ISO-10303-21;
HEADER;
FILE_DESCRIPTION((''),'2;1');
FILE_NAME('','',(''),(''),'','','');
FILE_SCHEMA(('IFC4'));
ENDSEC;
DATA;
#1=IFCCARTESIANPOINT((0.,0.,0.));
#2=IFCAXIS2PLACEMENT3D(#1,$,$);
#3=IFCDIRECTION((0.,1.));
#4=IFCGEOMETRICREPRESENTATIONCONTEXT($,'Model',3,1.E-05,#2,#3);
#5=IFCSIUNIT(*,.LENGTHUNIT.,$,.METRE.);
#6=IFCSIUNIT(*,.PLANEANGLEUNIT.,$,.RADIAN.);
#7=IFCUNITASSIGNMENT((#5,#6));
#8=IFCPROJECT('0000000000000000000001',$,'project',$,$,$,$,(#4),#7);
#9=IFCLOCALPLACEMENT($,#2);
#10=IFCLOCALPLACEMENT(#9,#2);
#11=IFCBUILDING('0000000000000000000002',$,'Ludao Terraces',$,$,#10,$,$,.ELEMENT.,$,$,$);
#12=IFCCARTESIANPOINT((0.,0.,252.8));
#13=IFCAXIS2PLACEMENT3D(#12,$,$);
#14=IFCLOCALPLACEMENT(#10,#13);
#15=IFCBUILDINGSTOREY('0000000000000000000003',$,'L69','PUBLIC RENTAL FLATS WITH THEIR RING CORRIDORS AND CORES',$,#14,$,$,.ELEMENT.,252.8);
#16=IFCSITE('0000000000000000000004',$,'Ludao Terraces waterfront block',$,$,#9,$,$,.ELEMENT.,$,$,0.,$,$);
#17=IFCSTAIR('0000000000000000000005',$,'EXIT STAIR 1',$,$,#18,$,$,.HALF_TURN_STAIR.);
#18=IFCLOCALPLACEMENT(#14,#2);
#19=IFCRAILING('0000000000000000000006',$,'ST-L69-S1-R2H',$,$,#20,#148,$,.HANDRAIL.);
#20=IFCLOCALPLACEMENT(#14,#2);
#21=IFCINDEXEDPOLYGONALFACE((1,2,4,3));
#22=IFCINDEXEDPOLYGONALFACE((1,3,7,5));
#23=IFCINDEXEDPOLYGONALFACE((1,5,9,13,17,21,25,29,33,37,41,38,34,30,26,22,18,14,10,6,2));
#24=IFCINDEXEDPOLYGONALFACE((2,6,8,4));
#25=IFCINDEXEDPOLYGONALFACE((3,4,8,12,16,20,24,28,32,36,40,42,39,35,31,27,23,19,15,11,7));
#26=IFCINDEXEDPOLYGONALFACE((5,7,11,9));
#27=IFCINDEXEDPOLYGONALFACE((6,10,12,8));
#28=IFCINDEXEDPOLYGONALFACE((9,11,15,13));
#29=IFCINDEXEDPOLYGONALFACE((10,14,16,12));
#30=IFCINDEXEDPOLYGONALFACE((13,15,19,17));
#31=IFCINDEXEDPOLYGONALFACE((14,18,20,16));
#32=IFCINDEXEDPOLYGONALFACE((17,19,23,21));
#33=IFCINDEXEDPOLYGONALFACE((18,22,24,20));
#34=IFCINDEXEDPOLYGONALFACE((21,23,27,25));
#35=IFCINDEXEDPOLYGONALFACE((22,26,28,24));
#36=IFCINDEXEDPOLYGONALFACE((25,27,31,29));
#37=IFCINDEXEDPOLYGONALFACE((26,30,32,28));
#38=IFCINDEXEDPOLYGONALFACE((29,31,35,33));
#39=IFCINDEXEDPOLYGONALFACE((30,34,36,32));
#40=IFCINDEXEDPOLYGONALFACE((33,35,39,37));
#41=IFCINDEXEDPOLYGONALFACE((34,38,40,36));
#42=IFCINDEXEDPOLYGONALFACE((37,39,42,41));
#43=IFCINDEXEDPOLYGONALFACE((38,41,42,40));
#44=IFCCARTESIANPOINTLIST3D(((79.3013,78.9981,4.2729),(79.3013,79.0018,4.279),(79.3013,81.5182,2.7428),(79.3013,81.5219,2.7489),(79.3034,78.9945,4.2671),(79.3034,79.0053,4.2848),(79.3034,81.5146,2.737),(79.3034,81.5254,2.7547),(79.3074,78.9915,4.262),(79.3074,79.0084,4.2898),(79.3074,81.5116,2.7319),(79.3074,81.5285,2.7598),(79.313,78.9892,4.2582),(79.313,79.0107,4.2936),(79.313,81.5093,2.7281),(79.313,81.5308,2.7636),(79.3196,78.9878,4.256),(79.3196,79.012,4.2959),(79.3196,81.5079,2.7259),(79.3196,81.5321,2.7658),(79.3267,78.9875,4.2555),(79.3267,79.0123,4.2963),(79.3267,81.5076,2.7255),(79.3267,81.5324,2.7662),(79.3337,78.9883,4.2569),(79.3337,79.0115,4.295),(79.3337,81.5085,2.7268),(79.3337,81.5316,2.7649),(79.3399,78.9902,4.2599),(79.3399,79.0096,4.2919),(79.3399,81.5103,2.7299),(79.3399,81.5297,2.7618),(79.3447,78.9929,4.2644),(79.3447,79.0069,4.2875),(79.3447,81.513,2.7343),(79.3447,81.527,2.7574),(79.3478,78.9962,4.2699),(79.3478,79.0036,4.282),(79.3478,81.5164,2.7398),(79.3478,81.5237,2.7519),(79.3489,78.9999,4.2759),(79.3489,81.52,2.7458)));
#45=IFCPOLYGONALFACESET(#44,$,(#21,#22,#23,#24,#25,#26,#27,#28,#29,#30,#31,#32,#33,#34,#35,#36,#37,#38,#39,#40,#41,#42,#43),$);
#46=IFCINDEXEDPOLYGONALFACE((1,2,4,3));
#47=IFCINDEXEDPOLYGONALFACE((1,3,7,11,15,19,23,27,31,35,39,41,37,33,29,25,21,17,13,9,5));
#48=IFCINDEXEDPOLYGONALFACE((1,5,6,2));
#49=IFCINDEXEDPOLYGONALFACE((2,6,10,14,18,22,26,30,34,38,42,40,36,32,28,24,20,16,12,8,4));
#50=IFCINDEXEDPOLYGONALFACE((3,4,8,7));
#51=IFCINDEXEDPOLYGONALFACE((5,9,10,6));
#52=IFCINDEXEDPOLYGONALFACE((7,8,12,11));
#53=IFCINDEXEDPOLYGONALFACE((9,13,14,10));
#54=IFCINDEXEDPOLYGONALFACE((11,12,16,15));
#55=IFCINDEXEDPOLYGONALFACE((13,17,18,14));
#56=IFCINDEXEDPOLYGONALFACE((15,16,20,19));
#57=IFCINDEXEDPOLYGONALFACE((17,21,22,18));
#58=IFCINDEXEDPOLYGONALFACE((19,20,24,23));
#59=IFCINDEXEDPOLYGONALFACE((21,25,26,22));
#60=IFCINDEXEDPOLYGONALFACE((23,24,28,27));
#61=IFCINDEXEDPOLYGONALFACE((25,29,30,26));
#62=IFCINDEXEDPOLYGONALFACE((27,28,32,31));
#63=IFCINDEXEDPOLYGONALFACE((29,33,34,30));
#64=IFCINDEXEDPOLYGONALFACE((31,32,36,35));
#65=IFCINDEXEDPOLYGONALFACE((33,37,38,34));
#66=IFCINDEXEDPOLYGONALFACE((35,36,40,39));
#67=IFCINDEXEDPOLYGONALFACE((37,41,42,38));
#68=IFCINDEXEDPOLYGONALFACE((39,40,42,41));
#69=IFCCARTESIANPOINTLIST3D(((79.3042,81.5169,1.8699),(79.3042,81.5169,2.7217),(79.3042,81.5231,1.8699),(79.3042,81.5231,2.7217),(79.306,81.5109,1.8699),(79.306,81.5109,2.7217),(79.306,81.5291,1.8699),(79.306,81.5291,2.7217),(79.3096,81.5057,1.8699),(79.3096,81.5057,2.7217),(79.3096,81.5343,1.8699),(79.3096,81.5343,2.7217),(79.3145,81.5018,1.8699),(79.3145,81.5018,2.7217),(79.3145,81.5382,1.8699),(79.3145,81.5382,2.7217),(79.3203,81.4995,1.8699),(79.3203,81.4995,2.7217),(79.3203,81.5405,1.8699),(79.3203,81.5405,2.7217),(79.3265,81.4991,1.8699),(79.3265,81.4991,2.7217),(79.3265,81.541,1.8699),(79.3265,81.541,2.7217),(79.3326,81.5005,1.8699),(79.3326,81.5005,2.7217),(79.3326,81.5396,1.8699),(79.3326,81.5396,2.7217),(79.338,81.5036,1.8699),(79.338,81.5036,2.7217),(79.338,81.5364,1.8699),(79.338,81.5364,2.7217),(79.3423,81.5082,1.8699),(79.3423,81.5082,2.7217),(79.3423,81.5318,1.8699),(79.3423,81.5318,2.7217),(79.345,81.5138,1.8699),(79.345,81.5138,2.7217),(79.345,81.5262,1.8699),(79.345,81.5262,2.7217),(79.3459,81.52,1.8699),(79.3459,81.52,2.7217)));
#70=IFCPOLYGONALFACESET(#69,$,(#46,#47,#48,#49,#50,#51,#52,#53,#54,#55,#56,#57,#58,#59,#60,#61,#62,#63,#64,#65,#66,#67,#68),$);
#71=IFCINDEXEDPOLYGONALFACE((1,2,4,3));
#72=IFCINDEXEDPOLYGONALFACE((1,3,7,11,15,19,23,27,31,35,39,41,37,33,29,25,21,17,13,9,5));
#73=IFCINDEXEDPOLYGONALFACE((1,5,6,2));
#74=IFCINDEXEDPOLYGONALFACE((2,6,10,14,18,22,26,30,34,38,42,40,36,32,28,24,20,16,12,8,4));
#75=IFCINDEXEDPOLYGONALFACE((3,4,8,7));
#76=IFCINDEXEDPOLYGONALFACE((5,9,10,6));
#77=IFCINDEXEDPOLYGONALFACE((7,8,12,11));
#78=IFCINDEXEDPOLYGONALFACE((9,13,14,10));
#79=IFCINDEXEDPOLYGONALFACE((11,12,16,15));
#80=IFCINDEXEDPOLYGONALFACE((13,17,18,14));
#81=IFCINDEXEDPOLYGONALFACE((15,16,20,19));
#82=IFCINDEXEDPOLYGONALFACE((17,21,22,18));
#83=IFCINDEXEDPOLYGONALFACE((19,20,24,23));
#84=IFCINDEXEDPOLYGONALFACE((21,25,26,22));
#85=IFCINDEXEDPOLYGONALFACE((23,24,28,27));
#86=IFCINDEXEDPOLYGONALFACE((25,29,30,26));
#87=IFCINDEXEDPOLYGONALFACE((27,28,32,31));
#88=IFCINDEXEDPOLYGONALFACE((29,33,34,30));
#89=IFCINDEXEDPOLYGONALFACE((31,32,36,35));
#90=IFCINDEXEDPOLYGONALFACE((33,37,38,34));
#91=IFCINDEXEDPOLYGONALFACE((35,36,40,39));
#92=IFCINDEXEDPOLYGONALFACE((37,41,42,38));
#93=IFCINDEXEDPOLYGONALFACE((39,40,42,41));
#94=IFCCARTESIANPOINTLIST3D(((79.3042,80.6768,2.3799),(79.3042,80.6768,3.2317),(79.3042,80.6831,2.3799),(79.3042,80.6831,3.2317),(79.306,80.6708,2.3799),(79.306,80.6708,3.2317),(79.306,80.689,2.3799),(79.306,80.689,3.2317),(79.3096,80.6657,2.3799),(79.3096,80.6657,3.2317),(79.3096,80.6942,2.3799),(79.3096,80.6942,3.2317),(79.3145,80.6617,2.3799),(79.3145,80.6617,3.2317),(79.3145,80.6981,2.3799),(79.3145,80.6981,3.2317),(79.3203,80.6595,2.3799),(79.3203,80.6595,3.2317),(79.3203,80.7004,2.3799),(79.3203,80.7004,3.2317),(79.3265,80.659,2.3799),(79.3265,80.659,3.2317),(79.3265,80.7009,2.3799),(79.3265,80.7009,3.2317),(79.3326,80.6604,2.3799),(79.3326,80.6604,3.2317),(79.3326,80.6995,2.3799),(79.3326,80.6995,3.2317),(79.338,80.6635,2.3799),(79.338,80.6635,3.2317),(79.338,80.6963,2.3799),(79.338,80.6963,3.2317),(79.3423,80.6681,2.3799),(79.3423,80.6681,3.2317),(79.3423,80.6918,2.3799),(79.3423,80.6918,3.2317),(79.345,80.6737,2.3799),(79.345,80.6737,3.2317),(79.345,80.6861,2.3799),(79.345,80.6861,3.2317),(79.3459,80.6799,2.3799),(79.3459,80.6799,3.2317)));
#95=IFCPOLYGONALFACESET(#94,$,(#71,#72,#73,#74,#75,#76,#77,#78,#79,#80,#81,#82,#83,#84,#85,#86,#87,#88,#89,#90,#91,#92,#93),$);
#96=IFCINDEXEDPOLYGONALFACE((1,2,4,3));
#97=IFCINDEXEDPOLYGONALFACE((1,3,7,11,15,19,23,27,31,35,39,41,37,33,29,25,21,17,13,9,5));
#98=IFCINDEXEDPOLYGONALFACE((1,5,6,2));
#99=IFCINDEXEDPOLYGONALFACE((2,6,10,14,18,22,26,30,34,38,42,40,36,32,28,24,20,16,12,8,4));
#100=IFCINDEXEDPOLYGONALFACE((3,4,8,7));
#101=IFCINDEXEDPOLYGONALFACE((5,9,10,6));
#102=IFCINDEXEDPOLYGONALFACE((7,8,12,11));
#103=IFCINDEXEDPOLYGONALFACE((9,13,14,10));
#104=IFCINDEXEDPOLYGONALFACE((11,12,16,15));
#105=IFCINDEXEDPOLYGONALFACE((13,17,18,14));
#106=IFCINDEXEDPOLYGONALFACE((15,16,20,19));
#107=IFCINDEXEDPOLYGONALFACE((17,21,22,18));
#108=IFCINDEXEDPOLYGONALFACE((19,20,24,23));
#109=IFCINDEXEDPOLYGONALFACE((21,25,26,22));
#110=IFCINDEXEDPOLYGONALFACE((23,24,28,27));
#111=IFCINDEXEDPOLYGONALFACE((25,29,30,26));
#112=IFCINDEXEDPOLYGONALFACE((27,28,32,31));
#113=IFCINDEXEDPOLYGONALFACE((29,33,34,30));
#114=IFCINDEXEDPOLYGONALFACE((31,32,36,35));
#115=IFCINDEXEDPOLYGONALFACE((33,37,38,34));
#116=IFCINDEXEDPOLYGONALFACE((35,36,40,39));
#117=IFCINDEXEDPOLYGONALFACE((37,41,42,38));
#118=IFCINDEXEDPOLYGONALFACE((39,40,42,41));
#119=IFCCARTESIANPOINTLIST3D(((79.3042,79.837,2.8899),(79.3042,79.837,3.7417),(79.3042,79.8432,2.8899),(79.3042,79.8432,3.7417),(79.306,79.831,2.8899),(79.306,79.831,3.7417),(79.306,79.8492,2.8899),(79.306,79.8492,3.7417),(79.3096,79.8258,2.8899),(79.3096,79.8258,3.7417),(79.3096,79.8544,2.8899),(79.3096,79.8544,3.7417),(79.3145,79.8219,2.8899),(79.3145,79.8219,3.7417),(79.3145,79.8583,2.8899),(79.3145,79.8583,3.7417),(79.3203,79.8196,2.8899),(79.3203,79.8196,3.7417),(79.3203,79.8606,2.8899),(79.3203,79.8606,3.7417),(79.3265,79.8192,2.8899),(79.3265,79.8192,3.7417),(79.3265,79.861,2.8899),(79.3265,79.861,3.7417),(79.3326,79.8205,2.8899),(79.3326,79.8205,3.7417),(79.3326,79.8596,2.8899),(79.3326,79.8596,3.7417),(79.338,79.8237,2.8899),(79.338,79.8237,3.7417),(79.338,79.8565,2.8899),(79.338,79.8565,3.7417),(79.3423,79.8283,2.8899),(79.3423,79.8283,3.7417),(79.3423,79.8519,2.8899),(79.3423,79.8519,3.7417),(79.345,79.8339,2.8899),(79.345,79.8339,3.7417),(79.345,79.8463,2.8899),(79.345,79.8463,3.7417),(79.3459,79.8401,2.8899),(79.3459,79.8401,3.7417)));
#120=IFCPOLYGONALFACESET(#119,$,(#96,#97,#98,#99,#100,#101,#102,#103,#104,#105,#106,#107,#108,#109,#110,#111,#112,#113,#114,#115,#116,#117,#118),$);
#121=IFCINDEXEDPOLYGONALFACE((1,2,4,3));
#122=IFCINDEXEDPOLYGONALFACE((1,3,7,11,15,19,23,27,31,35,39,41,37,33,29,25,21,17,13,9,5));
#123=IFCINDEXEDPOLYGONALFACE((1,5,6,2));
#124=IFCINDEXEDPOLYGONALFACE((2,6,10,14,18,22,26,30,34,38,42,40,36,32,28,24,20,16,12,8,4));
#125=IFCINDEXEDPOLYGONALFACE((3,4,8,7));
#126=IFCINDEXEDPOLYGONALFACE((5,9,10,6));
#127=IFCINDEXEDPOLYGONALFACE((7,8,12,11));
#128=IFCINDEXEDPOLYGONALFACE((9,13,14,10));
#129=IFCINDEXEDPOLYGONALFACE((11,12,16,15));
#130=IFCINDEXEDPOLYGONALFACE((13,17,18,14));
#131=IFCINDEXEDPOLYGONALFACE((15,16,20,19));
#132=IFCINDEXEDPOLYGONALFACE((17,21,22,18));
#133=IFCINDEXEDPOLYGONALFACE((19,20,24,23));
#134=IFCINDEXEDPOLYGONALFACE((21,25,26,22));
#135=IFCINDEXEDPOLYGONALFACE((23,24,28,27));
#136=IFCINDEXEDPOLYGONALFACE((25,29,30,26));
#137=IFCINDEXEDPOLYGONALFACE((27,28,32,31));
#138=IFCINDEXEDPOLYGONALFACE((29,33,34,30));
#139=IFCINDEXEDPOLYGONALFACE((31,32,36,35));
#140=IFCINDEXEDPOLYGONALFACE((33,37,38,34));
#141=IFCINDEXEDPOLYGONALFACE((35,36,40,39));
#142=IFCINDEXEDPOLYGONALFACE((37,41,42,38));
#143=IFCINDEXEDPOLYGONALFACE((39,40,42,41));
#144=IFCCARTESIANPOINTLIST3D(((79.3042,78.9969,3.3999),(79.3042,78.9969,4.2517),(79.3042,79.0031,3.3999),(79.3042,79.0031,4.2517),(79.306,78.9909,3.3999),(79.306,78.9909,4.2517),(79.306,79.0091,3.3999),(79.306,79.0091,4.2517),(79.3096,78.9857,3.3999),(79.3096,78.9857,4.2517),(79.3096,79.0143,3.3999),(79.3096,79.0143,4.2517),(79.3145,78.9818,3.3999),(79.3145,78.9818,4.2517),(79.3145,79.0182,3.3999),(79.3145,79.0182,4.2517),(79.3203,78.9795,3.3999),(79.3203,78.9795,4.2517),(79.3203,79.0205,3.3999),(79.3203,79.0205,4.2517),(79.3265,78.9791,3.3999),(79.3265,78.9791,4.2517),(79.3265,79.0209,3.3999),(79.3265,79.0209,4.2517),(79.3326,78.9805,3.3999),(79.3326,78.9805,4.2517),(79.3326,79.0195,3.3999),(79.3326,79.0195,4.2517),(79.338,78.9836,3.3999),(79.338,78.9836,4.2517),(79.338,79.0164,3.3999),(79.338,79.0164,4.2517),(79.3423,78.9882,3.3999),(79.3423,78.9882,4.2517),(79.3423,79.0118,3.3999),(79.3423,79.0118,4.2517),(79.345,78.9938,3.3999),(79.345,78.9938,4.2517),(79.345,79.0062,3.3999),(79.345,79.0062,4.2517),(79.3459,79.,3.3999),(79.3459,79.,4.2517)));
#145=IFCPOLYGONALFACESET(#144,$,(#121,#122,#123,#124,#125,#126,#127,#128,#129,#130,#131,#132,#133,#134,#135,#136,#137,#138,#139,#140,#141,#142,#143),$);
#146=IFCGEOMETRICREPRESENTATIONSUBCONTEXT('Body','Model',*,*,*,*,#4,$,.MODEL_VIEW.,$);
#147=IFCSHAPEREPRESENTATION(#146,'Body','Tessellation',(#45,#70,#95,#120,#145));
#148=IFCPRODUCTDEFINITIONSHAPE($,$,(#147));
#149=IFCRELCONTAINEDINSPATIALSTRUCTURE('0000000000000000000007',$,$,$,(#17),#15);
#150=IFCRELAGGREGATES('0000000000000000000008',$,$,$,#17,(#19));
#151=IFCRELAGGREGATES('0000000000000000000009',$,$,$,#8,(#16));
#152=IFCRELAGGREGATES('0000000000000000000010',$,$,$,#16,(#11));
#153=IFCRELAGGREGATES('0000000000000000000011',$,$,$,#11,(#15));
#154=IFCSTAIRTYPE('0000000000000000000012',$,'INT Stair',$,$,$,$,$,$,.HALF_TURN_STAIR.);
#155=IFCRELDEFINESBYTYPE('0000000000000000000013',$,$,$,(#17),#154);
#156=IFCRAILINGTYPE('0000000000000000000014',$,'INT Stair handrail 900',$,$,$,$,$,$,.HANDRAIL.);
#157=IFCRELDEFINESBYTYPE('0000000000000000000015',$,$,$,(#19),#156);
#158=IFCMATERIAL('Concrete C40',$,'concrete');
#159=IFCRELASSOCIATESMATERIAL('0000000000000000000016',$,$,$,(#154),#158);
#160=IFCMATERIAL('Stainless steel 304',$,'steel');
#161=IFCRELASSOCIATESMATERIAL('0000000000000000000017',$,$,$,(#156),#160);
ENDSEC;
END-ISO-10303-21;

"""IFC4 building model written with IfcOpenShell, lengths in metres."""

from ifc_helpers import new_model, si_unit, direction, frame, origin, origin_2d, place, context, subcontext, project, spatial, circle, extrude, material, type_object, element, aggregate, save


model = new_model("IFC4")

# Units and contexts
model_context = context("Model", 3, precision=1e-05, world=origin(), true_north=direction((0.0, 1.0)))
body_context = subcontext(model_context, "Body", "Model", "MODEL_VIEW")
ifc_project = project(units=[si_unit("LENGTHUNIT", "METRE"), si_unit("PLANEANGLEUNIT", "RADIAN")], contexts=[model_context])

# Site, building, storey
site_placement = place(None, origin())
site = spatial("IfcSite", under=ifc_project, at=site_placement, Name="Ludao Terraces waterfront block", CompositionType="ELEMENT", RefElevation=0.0)
building_placement = place(site_placement, origin())
building = spatial("IfcBuilding", under=site, at=building_placement, Name="Ludao Terraces", CompositionType="ELEMENT")
storey_placement = place(building_placement, frame((0.0, 0.0, 252.8)))
storey = spatial("IfcBuildingStorey", under=building, at=storey_placement, Name="L69", Description="PUBLIC RENTAL FLATS WITH THEIR RING CORRIDORS AND CORES", CompositionType="ELEMENT", Elevation=252.8)

# Stair, railing
ifc_material_1 = material(Name="Concrete C40", Category="concrete")
stair_type = type_object("IfcStairType", Name="INT Stair", PredefinedType="HALF_TURN_STAIR", material=ifc_material_1)
stair_placement = place(storey_placement, origin())
stair = element("IfcStair", 1, at=stair_placement, inside=storey, type_object=stair_type, Name="EXIT STAIR 1", PredefinedType="HALF_TURN_STAIR")
ifc_material_2 = material(Name="Stainless steel 304", Category="steel")
railing_type_1 = type_object("IfcRailingType", Name="INT Stair handrail 900", PredefinedType="HANDRAIL", material=ifc_material_2)
railing_1_placement = place(storey_placement, frame((79.325, 81.52, 1.8699)))
railing_1 = element("IfcRailing", 2, at=railing_1_placement, type_object=railing_type_1, Name="ST-L69-S1-R2H", PredefinedType="HANDRAIL", context=body_context, shape_type="SweptSolid", body=[
    extrude(circle(Radius=0.0239, at=origin_2d()), frame((0.0, 0.0, 0.876), z_axis=(0.0, -0.854785, 0.518982), x_axis=(1.0, 0.0, 0.0)), (0.0, 0.0, 1.0), 2.9482),
    extrude(circle(Radius=0.021, at=origin_2d()), origin(), (0.0, 0.0, 1.0), 0.8518),
    extrude(circle(Radius=0.021, at=origin_2d()), frame((0.0, -0.8401, 0.51)), (0.0, 0.0, 1.0), 0.8518),
    extrude(circle(Radius=0.021, at=origin_2d()), frame((0.0, -1.6799, 1.02)), (0.0, 0.0, 1.0), 0.8518),
    extrude(circle(Radius=0.021, at=origin_2d()), frame((0.0, -2.52, 1.53)), (0.0, 0.0, 1.0), 0.8518),
])
aggregate(stair, [railing_1])

save(model, "model.ifc")
